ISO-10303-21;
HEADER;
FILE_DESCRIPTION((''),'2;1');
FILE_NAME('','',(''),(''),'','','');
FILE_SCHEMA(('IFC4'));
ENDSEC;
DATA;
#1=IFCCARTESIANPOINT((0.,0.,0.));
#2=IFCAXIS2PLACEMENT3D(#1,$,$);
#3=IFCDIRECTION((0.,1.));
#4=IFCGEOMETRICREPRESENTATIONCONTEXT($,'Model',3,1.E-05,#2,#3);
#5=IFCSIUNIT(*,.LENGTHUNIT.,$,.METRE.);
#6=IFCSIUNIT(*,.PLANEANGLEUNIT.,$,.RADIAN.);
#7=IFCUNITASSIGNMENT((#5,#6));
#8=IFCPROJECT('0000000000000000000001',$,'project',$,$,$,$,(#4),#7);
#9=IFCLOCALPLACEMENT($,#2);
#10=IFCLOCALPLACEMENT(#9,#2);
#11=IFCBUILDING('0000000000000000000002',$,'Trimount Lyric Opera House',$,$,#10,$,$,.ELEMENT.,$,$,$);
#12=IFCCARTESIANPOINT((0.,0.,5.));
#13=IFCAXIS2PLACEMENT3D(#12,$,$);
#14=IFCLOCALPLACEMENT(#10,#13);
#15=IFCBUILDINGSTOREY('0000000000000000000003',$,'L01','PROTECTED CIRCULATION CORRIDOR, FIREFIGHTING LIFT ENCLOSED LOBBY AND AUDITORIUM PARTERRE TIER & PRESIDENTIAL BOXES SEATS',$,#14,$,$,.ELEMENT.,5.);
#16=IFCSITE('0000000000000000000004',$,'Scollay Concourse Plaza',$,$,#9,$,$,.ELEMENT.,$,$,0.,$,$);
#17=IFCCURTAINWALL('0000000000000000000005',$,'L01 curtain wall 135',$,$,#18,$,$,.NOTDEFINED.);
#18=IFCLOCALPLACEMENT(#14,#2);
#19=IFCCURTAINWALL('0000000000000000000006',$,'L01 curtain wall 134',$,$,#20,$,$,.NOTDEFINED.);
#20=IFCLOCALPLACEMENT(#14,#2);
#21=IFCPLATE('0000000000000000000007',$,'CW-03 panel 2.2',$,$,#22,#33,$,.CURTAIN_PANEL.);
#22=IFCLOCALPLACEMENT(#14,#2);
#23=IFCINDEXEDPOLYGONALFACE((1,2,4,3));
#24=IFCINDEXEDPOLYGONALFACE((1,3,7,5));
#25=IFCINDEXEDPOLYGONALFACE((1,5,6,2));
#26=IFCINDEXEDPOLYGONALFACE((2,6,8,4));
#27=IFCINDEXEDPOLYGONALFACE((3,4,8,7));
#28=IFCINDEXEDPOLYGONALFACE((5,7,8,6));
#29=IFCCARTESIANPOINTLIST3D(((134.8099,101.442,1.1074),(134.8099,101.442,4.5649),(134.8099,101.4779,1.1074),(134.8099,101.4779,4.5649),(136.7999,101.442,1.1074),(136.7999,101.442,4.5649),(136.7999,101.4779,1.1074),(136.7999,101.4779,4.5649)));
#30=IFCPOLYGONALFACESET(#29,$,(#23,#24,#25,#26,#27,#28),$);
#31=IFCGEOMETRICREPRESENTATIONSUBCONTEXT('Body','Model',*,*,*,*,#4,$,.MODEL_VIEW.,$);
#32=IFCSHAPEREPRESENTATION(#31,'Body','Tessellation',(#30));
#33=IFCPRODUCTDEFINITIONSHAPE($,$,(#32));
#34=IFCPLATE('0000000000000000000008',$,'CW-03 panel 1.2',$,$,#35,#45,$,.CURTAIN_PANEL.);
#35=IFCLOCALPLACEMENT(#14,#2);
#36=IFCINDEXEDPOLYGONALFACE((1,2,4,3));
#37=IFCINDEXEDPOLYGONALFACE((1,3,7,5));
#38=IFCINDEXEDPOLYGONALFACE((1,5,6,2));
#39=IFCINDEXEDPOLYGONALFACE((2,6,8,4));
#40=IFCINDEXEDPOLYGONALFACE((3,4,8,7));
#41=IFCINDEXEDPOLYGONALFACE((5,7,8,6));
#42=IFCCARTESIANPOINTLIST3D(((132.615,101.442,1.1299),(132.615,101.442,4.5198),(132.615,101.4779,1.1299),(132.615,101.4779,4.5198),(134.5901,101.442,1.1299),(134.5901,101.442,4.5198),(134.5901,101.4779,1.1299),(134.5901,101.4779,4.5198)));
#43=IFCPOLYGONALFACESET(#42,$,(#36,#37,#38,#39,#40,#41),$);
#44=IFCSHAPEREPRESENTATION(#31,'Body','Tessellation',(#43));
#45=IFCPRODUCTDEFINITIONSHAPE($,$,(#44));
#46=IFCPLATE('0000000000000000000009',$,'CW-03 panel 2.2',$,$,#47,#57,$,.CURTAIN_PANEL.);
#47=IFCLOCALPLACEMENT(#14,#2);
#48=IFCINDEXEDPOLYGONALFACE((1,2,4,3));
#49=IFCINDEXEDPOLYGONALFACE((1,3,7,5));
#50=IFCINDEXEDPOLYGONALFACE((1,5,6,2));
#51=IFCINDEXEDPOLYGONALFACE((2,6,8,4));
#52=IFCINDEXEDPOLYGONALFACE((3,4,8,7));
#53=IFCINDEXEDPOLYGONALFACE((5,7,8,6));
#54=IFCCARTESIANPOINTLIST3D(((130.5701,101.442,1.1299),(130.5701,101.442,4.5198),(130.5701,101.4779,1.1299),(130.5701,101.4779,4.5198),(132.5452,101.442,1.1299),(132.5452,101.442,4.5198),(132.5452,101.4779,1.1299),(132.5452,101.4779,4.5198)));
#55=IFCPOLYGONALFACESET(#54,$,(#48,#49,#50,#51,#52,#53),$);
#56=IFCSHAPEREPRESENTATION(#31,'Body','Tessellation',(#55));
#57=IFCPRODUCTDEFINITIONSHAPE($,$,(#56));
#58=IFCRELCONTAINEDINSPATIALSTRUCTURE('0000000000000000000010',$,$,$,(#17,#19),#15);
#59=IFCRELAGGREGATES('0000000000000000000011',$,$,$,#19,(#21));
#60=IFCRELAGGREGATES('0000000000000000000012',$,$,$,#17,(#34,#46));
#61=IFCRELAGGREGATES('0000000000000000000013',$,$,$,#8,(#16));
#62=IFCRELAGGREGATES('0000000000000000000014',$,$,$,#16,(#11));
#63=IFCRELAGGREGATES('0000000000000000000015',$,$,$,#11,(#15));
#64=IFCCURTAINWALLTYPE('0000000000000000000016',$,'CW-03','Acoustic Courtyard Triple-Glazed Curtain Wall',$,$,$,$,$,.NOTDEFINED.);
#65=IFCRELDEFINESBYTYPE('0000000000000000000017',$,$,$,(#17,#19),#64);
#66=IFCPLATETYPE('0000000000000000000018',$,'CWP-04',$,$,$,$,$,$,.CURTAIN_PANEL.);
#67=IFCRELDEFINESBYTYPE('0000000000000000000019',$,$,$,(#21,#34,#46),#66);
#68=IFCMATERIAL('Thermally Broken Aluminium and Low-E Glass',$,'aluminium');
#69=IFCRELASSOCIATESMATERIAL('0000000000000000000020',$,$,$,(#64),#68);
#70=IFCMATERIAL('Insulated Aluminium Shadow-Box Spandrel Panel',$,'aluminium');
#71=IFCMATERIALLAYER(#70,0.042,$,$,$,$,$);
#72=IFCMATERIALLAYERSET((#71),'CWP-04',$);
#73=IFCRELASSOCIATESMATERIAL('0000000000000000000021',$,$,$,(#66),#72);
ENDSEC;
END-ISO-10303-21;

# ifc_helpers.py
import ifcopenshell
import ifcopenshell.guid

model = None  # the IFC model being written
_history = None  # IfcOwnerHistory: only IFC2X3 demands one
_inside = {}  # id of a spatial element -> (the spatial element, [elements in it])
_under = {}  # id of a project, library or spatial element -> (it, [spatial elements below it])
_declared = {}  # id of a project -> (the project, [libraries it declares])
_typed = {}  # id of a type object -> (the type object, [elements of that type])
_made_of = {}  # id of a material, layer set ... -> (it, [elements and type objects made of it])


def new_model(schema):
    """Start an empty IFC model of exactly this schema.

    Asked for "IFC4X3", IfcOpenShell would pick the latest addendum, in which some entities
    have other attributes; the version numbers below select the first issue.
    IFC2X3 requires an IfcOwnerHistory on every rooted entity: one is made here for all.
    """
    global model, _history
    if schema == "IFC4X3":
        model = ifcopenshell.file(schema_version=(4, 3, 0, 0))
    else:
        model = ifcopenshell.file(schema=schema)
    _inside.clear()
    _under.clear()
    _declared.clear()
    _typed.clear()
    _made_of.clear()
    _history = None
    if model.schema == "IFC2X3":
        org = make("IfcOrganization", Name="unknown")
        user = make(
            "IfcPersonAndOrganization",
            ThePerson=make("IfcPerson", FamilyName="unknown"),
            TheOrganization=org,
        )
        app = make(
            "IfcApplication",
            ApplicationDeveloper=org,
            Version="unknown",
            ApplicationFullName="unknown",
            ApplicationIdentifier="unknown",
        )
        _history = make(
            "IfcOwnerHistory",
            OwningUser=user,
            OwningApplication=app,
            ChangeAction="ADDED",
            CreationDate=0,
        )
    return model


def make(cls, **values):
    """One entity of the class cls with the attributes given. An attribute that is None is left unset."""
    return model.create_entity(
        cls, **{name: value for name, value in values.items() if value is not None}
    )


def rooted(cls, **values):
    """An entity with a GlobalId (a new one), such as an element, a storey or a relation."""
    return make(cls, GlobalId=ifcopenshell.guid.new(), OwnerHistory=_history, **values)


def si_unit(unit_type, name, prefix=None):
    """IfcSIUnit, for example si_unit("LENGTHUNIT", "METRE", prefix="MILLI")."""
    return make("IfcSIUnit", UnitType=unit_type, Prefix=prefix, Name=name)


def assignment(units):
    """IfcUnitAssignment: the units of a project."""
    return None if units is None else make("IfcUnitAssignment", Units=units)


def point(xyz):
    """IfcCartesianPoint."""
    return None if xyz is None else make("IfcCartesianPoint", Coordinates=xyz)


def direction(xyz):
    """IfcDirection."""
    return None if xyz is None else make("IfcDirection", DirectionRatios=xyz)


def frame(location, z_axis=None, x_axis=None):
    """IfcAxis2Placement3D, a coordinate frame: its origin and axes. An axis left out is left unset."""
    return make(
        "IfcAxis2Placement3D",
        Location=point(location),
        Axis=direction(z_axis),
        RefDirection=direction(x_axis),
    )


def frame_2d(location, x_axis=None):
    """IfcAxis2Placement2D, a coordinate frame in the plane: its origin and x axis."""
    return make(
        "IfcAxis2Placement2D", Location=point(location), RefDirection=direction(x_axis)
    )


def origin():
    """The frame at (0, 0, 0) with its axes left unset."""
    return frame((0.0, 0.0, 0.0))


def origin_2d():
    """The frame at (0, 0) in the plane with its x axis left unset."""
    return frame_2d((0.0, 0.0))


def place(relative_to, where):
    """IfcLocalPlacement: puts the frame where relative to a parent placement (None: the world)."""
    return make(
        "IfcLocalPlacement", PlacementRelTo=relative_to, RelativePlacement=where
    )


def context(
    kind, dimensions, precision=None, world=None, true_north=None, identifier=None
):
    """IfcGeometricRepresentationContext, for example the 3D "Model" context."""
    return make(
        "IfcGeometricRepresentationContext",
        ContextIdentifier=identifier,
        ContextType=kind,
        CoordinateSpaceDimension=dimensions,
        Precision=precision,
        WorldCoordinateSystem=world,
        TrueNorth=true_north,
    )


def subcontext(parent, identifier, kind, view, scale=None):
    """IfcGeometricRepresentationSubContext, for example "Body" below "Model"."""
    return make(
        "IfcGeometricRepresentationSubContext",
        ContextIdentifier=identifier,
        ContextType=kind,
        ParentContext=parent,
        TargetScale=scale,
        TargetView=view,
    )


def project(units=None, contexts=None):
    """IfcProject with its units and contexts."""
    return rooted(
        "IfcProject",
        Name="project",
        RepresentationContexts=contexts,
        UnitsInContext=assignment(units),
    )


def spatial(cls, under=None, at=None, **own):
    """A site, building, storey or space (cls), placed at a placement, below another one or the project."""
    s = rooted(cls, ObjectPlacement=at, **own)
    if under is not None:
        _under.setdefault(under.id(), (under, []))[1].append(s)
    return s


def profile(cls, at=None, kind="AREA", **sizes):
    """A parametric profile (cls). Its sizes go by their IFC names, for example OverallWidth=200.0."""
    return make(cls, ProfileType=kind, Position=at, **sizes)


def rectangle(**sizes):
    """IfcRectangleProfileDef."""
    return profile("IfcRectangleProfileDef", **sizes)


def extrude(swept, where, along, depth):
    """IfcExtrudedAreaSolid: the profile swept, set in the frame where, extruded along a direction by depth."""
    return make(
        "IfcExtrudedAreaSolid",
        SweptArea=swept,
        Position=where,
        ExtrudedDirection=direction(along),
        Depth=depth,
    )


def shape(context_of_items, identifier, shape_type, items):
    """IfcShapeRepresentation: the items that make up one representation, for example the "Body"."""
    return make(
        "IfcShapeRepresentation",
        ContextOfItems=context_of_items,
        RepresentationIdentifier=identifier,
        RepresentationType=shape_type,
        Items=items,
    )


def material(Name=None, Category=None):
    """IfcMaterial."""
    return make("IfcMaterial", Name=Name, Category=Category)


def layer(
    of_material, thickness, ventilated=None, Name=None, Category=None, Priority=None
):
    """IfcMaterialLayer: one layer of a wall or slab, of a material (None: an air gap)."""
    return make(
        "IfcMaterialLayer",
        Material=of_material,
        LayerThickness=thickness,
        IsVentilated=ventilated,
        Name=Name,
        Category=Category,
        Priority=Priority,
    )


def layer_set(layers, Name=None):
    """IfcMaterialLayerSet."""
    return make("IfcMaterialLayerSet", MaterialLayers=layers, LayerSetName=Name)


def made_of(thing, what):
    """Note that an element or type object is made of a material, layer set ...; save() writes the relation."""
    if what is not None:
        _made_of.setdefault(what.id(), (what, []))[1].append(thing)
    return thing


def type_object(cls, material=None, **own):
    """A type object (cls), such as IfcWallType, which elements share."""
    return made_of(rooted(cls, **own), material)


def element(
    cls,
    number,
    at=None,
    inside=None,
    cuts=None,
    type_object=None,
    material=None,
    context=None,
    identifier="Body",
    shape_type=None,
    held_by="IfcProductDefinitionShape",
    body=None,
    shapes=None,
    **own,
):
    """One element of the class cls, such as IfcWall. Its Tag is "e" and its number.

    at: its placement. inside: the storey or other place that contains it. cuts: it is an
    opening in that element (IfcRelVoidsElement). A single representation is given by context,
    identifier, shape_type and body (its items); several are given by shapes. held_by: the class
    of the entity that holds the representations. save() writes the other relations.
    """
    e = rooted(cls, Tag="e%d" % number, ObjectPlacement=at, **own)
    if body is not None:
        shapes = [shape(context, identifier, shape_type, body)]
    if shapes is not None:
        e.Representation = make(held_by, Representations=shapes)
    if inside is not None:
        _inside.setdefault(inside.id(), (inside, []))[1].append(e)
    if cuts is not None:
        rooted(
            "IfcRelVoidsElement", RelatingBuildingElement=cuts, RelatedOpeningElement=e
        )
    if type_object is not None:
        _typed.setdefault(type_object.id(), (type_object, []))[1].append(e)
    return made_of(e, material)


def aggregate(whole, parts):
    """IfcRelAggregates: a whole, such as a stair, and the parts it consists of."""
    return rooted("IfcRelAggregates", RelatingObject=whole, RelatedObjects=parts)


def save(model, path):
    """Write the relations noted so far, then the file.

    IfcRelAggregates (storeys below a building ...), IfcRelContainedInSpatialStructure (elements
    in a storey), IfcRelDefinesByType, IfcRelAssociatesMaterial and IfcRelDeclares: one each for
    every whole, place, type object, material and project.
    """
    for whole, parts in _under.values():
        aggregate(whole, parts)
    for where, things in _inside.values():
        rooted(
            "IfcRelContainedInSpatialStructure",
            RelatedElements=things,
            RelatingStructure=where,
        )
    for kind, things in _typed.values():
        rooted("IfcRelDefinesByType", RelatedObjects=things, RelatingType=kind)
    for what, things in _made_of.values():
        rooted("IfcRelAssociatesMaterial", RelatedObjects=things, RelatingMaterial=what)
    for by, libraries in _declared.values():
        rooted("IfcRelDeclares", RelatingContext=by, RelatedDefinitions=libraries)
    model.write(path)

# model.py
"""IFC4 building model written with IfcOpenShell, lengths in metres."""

from ifc_helpers import new_model, si_unit, direction, frame, origin, origin_2d, place, context, subcontext, project, spatial, rectangle, extrude, material, layer, layer_set, type_object, element, aggregate, save


model = new_model("IFC4")

# Units and contexts
model_context = context("Model", 3, precision=1e-05, world=origin(), true_north=direction((0.0, 1.0)))
body_context = subcontext(model_context, "Body", "Model", "MODEL_VIEW")
ifc_project = project(units=[si_unit("LENGTHUNIT", "METRE"), si_unit("PLANEANGLEUNIT", "RADIAN")], contexts=[model_context])

# Site, building, storey
site_placement = place(None, origin())
site = spatial("IfcSite", under=ifc_project, at=site_placement, Name="Scollay Concourse Plaza", CompositionType="ELEMENT", RefElevation=0.0)
building_placement = place(site_placement, origin())
building = spatial("IfcBuilding", under=site, at=building_placement, Name="Trimount Lyric Opera House", CompositionType="ELEMENT")
storey_placement = place(building_placement, frame((0.0, 0.0, 5.0)))
storey = spatial("IfcBuildingStorey", under=building, at=storey_placement, Name="L01", Description="PROTECTED CIRCULATION CORRIDOR, FIREFIGHTING LIFT ENCLOSED LOBBY AND AUDITORIUM PARTERRE TIER & PRESIDENTIAL BOXES SEATS", CompositionType="ELEMENT", Elevation=5.0)

# Curtain wall
ifc_material_1 = material(Name="Thermally Broken Aluminium and Low-E Glass", Category="aluminium")
curtain_wall_type = type_object("IfcCurtainWallType", Name="CW-03", Description="Acoustic Courtyard Triple-Glazed Curtain Wall", PredefinedType="NOTDEFINED", material=ifc_material_1)
curtain_wall_1_placement = place(storey_placement, origin())
curtain_wall_1 = element("IfcCurtainWall", 1, at=curtain_wall_1_placement, inside=storey, type_object=curtain_wall_type, Name="L01 curtain wall 135", PredefinedType="NOTDEFINED")

# Curtain wall
curtain_wall_2_placement = place(storey_placement, origin())
curtain_wall_2 = element("IfcCurtainWall", 2, at=curtain_wall_2_placement, inside=storey, type_object=curtain_wall_type, Name="L01 curtain wall 134", PredefinedType="NOTDEFINED")

# Plates
ifc_material_2 = material(Name="Insulated Aluminium Shadow-Box Spandrel Panel", Category="aluminium")
ifc_layer_1 = layer(ifc_material_2, 0.042)
ifc_layer_set_1 = layer_set([ifc_layer_1], Name="CWP-04")
plate_type_1 = type_object("IfcPlateType", Name="CWP-04", PredefinedType="CURTAIN_PANEL", material=ifc_layer_set_1)
plate_1_placement = place(storey_placement, frame((135.8049, 101.46, 1.1074), z_axis=(0.0, 0.0, 1.0), x_axis=(-1.0, 0.0, 0.0)))
plate_1 = element("IfcPlate", 3, at=plate_1_placement, type_object=plate_type_1, Name="CW-03 panel 2.2", PredefinedType="CURTAIN_PANEL", context=body_context, shape_type="SweptSolid", body=[
    extrude(rectangle(XDim=1.99, YDim=0.0359, at=origin_2d()), origin(), (0.0, 0.0, 1.0), 3.4575),
])
aggregate(curtain_wall_2, [plate_1])
plate_2_placement = place(storey_placement, frame((133.6025, 101.46, 1.1299), z_axis=(0.0, 0.0, 1.0), x_axis=(-1.0, 0.0, 0.0)))
plate_2 = element("IfcPlate", 4, at=plate_2_placement, type_object=plate_type_1, Name="CW-03 panel 1.2", PredefinedType="CURTAIN_PANEL", context=body_context, shape_type="SweptSolid", body=[
    extrude(rectangle(XDim=1.9751, YDim=0.0359, at=origin_2d()), origin(), (0.0, 0.0, 1.0), 3.3899),
])
plate_3_placement = place(storey_placement, frame((131.5576, 101.46, 1.1299), z_axis=(0.0, 0.0, 1.0), x_axis=(-1.0, 0.0, 0.0)))
plate_3 = element("IfcPlate", 5, at=plate_3_placement, type_object=plate_type_1, Name="CW-03 panel 2.2", PredefinedType="CURTAIN_PANEL", context=body_context, shape_type="SweptSolid", body=[
    extrude(rectangle(XDim=1.9751, YDim=0.0359, at=origin_2d()), origin(), (0.0, 0.0, 1.0), 3.3899),
])
aggregate(curtain_wall_1, [plate_2, plate_3])

save(model, "model.ifc")
